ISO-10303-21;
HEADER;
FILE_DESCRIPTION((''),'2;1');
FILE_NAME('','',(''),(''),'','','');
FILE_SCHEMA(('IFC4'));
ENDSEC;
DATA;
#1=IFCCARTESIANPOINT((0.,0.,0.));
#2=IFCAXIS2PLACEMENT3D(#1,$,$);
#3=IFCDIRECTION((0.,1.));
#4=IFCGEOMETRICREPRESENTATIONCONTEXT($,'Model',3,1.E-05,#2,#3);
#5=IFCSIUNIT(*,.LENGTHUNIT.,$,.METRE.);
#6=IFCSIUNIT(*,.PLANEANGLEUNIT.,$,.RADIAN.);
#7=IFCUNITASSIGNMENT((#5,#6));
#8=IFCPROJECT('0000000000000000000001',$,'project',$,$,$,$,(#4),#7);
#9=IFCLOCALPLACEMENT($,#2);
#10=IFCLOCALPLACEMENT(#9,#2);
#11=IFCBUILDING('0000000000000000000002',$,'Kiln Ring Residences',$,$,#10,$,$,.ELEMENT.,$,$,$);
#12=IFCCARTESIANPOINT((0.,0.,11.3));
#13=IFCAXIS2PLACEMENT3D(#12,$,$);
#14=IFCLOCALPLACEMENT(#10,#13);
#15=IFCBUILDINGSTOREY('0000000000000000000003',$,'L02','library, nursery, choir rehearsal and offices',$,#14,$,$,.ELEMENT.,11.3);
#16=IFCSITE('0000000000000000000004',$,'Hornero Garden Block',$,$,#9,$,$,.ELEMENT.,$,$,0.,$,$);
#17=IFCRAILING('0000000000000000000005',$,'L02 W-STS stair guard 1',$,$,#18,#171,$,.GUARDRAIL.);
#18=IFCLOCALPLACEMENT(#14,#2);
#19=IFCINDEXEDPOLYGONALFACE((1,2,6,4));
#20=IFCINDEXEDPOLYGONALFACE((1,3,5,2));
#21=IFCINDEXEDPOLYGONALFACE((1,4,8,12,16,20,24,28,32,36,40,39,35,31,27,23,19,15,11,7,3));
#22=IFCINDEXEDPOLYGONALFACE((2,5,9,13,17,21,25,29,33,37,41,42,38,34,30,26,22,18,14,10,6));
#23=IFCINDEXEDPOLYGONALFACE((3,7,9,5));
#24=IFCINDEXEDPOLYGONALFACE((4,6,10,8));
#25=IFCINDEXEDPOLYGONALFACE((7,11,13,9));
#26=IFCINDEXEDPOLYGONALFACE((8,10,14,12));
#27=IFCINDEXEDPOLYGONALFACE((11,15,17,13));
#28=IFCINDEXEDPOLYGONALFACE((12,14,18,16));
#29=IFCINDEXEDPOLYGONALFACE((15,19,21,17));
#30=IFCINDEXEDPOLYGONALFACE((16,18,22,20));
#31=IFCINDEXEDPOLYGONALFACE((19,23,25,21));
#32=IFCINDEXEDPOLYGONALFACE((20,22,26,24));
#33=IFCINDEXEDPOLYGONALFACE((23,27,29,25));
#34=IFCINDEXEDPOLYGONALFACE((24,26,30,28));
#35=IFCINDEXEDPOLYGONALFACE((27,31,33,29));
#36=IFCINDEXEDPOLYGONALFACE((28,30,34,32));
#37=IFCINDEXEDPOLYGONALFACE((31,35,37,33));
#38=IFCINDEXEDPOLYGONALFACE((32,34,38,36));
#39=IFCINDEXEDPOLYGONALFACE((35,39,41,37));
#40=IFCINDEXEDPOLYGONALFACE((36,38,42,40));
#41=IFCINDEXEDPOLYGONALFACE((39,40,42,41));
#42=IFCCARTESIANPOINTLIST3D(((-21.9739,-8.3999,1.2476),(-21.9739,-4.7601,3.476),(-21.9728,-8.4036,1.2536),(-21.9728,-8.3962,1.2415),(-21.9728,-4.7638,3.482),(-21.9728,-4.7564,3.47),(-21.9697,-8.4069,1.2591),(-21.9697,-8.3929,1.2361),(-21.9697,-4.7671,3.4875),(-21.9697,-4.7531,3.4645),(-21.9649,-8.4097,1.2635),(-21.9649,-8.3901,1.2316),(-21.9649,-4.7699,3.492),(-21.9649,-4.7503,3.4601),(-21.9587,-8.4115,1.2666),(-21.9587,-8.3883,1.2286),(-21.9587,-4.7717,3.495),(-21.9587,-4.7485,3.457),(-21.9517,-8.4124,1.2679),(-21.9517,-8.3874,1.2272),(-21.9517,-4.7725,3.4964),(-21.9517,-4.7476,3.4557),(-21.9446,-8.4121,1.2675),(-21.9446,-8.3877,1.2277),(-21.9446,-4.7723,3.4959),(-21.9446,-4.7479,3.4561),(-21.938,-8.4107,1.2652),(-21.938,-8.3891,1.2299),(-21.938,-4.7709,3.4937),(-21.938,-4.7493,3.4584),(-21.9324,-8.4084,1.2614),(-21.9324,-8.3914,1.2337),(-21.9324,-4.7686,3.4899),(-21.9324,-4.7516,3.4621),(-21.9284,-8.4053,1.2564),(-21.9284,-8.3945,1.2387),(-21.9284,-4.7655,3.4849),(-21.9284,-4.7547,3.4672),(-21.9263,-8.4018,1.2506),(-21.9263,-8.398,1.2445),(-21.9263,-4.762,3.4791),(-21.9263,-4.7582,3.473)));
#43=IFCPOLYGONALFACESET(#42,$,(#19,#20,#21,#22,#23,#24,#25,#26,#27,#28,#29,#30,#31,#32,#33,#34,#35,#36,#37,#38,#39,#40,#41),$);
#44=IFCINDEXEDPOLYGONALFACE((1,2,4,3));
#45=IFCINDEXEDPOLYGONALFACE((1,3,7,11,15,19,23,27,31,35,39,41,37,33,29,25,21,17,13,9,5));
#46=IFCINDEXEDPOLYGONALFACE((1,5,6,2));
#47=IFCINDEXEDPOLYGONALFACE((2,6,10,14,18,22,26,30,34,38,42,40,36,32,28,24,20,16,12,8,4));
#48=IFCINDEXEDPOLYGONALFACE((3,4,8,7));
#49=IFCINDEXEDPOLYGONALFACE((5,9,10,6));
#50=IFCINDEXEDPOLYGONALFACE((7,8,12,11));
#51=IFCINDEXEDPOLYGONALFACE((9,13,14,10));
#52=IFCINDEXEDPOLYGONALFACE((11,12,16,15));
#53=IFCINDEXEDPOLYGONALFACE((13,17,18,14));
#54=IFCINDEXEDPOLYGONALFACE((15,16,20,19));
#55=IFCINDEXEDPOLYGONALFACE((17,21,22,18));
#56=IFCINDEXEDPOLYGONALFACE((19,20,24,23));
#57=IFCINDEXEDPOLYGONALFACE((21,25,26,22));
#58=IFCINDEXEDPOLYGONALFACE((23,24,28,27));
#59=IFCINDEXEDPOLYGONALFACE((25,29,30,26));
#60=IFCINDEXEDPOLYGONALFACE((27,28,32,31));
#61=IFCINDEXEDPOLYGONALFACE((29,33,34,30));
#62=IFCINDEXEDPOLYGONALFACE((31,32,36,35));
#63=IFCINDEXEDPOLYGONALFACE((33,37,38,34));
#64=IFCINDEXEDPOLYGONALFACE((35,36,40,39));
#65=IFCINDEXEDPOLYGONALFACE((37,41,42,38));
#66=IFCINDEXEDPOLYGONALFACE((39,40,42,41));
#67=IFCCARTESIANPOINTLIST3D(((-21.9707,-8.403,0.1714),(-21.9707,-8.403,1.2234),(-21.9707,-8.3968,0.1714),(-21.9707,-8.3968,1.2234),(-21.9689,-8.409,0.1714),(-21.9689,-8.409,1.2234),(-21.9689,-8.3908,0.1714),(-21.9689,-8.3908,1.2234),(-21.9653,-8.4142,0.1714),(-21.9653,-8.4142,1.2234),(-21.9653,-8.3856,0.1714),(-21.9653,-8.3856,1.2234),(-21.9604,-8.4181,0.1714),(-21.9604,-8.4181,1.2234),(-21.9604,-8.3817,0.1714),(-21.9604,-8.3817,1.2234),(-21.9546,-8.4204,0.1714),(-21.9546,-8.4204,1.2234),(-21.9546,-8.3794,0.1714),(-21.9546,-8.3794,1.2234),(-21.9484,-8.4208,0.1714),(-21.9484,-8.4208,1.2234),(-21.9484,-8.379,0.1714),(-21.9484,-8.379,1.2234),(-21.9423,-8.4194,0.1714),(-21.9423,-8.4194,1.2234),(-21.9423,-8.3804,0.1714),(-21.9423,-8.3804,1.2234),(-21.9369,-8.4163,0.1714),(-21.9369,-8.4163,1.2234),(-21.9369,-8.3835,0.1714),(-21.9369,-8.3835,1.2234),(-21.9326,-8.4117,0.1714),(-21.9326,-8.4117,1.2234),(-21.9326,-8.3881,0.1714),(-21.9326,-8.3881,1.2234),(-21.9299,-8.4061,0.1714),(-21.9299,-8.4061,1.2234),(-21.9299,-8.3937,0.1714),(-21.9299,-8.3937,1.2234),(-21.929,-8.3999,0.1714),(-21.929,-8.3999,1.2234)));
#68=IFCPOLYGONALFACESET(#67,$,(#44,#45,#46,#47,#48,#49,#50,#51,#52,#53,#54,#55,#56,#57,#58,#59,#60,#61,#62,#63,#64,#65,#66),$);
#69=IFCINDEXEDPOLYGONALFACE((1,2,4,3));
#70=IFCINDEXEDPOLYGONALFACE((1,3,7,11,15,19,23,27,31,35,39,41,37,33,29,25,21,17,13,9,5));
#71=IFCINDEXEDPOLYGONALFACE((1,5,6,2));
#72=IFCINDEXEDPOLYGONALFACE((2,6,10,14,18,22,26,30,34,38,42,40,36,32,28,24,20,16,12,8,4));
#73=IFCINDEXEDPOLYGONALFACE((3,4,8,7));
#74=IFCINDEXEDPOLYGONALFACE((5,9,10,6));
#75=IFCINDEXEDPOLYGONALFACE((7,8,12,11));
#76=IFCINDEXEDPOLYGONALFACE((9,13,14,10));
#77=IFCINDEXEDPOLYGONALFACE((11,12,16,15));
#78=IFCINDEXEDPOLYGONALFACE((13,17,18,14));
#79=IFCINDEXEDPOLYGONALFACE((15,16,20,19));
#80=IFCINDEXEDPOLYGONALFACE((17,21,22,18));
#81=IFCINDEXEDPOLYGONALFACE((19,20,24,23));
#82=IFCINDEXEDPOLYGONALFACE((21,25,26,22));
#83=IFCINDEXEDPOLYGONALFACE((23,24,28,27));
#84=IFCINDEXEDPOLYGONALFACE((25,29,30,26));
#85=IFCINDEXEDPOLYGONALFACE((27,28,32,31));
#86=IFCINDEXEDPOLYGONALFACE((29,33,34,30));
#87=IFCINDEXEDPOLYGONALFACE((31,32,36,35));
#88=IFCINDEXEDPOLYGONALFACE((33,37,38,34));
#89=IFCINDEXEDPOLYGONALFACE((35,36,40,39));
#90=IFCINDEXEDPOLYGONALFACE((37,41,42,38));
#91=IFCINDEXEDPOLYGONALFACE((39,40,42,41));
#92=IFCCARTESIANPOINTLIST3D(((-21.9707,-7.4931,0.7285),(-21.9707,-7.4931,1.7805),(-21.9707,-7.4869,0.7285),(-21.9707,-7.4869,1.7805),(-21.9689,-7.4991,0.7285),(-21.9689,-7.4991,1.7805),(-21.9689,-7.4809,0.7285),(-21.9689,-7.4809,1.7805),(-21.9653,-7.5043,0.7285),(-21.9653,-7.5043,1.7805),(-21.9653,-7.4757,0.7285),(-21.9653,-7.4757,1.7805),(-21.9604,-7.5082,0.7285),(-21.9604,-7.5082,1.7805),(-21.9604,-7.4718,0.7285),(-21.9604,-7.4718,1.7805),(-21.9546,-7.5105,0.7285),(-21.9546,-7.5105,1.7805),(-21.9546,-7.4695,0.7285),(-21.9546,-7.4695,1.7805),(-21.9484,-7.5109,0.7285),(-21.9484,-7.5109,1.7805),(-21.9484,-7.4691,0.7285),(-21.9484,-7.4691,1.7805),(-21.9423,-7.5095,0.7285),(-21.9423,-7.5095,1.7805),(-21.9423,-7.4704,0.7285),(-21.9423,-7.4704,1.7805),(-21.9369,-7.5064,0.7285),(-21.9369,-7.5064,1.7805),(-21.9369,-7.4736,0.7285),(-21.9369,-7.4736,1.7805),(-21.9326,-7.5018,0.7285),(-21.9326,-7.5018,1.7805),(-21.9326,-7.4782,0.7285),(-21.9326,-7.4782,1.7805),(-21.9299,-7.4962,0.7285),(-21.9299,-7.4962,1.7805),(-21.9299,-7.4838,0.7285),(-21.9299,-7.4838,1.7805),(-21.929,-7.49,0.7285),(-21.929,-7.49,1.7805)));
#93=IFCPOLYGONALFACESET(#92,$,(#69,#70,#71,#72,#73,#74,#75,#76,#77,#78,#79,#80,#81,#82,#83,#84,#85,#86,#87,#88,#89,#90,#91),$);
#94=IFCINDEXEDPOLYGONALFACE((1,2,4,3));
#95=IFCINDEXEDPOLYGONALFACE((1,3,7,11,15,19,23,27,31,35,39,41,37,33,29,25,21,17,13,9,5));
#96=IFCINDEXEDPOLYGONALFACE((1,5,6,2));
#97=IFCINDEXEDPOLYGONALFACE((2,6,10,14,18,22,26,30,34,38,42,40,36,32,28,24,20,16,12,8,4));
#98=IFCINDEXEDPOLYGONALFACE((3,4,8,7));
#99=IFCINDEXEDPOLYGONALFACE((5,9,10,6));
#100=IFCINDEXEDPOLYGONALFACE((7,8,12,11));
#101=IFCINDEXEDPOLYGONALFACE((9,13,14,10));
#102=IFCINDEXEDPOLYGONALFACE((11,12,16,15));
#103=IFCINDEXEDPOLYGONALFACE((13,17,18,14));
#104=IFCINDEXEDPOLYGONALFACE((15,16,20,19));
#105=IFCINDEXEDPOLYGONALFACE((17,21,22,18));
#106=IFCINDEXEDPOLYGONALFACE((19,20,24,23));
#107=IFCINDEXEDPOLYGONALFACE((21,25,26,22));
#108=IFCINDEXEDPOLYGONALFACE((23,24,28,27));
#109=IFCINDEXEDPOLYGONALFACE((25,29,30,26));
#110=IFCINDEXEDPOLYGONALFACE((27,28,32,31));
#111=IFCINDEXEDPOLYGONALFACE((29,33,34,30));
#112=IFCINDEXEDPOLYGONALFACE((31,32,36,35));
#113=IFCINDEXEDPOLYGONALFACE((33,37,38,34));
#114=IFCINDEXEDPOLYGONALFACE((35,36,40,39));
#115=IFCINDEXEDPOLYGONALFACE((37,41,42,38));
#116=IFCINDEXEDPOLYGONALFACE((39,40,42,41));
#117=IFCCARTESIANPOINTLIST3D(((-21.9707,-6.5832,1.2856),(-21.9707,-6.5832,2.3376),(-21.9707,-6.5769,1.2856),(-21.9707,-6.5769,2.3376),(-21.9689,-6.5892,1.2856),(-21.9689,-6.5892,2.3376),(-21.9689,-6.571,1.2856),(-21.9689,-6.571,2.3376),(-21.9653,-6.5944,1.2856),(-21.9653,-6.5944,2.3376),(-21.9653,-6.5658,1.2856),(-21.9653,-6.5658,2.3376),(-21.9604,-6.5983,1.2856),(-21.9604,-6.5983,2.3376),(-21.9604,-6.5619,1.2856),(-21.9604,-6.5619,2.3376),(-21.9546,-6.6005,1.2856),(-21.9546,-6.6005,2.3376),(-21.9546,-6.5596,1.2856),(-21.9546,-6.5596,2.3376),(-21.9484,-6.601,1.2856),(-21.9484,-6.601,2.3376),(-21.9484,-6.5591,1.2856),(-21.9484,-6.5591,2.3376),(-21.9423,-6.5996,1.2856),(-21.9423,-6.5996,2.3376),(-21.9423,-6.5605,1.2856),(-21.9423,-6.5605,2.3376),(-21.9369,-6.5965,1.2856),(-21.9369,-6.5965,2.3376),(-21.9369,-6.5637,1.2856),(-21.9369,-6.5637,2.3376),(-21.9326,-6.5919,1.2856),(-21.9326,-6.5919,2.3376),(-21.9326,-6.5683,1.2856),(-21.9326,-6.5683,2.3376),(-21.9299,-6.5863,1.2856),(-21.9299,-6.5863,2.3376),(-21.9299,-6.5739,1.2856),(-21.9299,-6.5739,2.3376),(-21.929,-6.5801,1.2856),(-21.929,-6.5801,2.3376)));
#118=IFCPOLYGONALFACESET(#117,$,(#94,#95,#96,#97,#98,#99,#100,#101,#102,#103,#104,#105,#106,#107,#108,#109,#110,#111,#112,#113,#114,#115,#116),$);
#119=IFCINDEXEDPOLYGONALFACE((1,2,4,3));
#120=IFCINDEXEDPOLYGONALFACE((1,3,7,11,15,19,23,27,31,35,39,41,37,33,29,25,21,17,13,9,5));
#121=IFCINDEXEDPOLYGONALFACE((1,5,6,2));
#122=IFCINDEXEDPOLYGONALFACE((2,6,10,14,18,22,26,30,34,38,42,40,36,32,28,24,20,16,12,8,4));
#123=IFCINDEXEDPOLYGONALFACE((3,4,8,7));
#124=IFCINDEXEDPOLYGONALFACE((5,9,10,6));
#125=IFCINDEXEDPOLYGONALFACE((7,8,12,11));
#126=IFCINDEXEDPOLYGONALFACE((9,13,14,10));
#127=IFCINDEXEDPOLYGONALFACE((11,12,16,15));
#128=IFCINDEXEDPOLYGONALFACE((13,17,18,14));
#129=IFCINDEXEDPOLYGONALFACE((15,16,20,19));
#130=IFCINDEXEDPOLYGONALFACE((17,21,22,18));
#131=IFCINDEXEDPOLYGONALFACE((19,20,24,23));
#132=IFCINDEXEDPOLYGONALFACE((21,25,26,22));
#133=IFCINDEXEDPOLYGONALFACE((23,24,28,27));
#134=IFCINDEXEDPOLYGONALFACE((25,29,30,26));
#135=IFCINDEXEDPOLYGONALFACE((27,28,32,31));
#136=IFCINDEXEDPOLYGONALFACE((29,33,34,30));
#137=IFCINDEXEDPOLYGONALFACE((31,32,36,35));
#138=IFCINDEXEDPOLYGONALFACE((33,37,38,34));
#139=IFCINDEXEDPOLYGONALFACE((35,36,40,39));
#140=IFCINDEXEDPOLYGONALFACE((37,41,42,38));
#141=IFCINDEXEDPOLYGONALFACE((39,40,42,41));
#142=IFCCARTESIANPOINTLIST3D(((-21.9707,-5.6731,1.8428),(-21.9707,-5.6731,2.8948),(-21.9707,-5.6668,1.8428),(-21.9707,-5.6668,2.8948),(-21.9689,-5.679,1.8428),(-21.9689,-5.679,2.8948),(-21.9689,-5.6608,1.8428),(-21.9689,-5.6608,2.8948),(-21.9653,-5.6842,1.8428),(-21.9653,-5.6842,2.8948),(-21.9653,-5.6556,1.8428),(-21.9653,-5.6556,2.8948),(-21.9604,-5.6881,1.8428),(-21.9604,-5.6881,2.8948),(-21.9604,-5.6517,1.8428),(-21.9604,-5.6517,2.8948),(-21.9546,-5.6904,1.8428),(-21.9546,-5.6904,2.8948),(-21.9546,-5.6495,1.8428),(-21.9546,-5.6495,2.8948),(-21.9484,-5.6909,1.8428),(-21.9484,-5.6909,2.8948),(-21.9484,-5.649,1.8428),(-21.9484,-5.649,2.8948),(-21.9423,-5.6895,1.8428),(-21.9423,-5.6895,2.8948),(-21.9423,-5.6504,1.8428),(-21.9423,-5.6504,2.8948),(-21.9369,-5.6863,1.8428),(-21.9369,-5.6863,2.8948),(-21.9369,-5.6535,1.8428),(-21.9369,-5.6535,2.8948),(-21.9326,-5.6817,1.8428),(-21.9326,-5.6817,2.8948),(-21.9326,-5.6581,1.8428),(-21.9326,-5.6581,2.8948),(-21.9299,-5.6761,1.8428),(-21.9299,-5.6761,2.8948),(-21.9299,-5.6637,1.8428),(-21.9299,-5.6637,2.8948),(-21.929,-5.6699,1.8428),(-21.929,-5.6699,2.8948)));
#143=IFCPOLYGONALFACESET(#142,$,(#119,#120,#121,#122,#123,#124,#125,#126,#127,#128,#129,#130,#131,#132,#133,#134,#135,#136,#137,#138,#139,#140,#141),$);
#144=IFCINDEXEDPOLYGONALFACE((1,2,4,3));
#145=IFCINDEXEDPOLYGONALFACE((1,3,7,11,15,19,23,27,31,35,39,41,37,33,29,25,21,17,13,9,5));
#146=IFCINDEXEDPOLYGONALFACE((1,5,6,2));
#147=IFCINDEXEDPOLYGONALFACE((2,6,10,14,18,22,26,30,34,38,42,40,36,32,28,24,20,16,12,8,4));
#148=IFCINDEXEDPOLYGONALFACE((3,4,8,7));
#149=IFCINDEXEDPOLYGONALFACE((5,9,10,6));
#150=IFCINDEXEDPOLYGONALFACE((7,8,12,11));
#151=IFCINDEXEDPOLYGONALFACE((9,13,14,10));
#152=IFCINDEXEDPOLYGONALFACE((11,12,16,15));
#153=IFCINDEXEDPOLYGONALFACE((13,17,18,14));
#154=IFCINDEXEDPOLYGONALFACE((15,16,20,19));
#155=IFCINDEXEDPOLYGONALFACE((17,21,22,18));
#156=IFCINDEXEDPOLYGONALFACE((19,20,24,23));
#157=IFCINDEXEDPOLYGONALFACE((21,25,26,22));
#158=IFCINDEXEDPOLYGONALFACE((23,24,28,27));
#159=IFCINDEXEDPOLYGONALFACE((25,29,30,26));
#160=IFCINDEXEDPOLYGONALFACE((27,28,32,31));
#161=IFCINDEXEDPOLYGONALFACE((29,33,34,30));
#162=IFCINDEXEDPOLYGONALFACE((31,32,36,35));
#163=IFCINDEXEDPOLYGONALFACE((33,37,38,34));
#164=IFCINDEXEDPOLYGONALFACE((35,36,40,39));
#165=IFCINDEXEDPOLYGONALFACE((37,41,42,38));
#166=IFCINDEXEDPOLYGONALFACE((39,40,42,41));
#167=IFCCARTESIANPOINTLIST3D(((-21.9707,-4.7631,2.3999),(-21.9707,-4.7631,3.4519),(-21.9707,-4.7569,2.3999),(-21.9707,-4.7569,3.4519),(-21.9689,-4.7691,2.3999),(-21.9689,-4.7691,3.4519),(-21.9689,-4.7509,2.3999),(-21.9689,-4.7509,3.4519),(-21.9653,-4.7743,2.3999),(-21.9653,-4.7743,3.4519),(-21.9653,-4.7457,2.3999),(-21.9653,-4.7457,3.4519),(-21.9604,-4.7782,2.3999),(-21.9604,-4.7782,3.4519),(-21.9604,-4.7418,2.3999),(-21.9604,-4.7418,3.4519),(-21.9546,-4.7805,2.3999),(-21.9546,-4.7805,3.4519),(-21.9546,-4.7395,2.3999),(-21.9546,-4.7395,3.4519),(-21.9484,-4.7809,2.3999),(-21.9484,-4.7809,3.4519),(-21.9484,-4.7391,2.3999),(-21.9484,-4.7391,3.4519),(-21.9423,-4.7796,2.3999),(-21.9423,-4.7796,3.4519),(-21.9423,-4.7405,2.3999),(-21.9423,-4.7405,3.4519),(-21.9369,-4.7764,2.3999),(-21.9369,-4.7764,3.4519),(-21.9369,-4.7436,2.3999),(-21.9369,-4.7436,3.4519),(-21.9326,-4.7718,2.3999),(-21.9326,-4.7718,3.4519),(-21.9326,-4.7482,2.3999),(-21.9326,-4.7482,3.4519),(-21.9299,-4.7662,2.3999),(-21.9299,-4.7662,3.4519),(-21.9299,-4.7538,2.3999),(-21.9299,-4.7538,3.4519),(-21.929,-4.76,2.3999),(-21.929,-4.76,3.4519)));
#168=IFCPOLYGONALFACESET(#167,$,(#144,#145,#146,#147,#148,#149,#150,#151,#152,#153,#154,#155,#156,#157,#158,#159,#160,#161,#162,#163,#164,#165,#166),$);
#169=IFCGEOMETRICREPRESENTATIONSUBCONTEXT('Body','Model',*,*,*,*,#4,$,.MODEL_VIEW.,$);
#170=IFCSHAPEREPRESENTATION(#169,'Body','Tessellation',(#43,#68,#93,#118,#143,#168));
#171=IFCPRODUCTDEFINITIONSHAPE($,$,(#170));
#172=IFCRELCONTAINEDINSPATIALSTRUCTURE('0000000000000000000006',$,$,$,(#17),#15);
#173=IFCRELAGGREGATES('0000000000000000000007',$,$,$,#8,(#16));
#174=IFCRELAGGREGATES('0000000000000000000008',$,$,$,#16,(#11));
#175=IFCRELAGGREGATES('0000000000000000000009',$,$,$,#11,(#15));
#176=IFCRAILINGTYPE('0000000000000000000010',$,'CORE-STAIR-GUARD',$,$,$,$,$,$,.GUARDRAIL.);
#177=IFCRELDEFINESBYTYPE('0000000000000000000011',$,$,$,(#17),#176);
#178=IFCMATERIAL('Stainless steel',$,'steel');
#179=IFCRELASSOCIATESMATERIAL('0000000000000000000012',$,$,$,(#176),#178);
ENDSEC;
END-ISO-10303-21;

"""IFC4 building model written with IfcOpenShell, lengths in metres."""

from ifc_helpers import new_model, si_unit, direction, frame, origin, origin_2d, place, context, subcontext, project, spatial, circle, extrude, material, type_object, element, save


model = new_model("IFC4")

# Units and contexts
model_context = context("Model", 3, precision=1e-05, world=origin(), true_north=direction((0.0, 1.0)))
body_context = subcontext(model_context, "Body", "Model", "MODEL_VIEW")
ifc_project = project(units=[si_unit("LENGTHUNIT", "METRE"), si_unit("PLANEANGLEUNIT", "RADIAN")], contexts=[model_context])

# Site, building, storey
site_placement = place(None, origin())
site = spatial("IfcSite", under=ifc_project, at=site_placement, Name="Hornero Garden Block", CompositionType="ELEMENT", RefElevation=0.0)
building_placement = place(site_placement, origin())
building = spatial("IfcBuilding", under=site, at=building_placement, Name="Kiln Ring Residences", CompositionType="ELEMENT")
storey_placement = place(building_placement, frame((0.0, 0.0, 11.3)))
storey = spatial("IfcBuildingStorey", under=building, at=storey_placement, Name="L02", Description="library, nursery, choir rehearsal and offices", CompositionType="ELEMENT", Elevation=11.3)

# Railing
ifc_material_1 = material(Name="Stainless steel", Category="steel")
railing_type_1 = type_object("IfcRailingType", Name="CORE-STAIR-GUARD", PredefinedType="GUARDRAIL", material=ifc_material_1)
railing_1_placement = place(storey_placement, frame((-21.95, -8.3999, 0.1714)))
element("IfcRailing", 1, at=railing_1_placement, inside=storey, type_object=railing_type_1, Name="L02 W-STS stair guard 1", PredefinedType="GUARDRAIL", context=body_context, shape_type="SweptSolid", body=[
    extrude(circle(Radius=0.0239, at=origin_2d()), frame((0.0, 0.0, 1.0762), z_axis=(0.0, 0.85285, 0.522156), x_axis=(-1.0, 0.0, 0.0)), (0.0, 0.0, 1.0), 4.2678),
    extrude(circle(Radius=0.021, at=origin_2d()), origin(), (0.0, 0.0, 1.0), 1.052),
    extrude(circle(Radius=0.021, at=origin_2d()), frame((0.0, 0.9099, 0.5571)), (0.0, 0.0, 1.0), 1.052),
    extrude(circle(Radius=0.021, at=origin_2d()), frame((0.0, 1.8198, 1.1143)), (0.0, 0.0, 1.0), 1.052),
    extrude(circle(Radius=0.021, at=origin_2d()), frame((0.0, 2.73, 1.6714)), (0.0, 0.0, 1.0), 1.052),
    extrude(circle(Radius=0.021, at=origin_2d()), frame((0.0, 3.6399, 2.2285)), (0.0, 0.0, 1.0), 1.052),
])

save(model, "model.ifc")
